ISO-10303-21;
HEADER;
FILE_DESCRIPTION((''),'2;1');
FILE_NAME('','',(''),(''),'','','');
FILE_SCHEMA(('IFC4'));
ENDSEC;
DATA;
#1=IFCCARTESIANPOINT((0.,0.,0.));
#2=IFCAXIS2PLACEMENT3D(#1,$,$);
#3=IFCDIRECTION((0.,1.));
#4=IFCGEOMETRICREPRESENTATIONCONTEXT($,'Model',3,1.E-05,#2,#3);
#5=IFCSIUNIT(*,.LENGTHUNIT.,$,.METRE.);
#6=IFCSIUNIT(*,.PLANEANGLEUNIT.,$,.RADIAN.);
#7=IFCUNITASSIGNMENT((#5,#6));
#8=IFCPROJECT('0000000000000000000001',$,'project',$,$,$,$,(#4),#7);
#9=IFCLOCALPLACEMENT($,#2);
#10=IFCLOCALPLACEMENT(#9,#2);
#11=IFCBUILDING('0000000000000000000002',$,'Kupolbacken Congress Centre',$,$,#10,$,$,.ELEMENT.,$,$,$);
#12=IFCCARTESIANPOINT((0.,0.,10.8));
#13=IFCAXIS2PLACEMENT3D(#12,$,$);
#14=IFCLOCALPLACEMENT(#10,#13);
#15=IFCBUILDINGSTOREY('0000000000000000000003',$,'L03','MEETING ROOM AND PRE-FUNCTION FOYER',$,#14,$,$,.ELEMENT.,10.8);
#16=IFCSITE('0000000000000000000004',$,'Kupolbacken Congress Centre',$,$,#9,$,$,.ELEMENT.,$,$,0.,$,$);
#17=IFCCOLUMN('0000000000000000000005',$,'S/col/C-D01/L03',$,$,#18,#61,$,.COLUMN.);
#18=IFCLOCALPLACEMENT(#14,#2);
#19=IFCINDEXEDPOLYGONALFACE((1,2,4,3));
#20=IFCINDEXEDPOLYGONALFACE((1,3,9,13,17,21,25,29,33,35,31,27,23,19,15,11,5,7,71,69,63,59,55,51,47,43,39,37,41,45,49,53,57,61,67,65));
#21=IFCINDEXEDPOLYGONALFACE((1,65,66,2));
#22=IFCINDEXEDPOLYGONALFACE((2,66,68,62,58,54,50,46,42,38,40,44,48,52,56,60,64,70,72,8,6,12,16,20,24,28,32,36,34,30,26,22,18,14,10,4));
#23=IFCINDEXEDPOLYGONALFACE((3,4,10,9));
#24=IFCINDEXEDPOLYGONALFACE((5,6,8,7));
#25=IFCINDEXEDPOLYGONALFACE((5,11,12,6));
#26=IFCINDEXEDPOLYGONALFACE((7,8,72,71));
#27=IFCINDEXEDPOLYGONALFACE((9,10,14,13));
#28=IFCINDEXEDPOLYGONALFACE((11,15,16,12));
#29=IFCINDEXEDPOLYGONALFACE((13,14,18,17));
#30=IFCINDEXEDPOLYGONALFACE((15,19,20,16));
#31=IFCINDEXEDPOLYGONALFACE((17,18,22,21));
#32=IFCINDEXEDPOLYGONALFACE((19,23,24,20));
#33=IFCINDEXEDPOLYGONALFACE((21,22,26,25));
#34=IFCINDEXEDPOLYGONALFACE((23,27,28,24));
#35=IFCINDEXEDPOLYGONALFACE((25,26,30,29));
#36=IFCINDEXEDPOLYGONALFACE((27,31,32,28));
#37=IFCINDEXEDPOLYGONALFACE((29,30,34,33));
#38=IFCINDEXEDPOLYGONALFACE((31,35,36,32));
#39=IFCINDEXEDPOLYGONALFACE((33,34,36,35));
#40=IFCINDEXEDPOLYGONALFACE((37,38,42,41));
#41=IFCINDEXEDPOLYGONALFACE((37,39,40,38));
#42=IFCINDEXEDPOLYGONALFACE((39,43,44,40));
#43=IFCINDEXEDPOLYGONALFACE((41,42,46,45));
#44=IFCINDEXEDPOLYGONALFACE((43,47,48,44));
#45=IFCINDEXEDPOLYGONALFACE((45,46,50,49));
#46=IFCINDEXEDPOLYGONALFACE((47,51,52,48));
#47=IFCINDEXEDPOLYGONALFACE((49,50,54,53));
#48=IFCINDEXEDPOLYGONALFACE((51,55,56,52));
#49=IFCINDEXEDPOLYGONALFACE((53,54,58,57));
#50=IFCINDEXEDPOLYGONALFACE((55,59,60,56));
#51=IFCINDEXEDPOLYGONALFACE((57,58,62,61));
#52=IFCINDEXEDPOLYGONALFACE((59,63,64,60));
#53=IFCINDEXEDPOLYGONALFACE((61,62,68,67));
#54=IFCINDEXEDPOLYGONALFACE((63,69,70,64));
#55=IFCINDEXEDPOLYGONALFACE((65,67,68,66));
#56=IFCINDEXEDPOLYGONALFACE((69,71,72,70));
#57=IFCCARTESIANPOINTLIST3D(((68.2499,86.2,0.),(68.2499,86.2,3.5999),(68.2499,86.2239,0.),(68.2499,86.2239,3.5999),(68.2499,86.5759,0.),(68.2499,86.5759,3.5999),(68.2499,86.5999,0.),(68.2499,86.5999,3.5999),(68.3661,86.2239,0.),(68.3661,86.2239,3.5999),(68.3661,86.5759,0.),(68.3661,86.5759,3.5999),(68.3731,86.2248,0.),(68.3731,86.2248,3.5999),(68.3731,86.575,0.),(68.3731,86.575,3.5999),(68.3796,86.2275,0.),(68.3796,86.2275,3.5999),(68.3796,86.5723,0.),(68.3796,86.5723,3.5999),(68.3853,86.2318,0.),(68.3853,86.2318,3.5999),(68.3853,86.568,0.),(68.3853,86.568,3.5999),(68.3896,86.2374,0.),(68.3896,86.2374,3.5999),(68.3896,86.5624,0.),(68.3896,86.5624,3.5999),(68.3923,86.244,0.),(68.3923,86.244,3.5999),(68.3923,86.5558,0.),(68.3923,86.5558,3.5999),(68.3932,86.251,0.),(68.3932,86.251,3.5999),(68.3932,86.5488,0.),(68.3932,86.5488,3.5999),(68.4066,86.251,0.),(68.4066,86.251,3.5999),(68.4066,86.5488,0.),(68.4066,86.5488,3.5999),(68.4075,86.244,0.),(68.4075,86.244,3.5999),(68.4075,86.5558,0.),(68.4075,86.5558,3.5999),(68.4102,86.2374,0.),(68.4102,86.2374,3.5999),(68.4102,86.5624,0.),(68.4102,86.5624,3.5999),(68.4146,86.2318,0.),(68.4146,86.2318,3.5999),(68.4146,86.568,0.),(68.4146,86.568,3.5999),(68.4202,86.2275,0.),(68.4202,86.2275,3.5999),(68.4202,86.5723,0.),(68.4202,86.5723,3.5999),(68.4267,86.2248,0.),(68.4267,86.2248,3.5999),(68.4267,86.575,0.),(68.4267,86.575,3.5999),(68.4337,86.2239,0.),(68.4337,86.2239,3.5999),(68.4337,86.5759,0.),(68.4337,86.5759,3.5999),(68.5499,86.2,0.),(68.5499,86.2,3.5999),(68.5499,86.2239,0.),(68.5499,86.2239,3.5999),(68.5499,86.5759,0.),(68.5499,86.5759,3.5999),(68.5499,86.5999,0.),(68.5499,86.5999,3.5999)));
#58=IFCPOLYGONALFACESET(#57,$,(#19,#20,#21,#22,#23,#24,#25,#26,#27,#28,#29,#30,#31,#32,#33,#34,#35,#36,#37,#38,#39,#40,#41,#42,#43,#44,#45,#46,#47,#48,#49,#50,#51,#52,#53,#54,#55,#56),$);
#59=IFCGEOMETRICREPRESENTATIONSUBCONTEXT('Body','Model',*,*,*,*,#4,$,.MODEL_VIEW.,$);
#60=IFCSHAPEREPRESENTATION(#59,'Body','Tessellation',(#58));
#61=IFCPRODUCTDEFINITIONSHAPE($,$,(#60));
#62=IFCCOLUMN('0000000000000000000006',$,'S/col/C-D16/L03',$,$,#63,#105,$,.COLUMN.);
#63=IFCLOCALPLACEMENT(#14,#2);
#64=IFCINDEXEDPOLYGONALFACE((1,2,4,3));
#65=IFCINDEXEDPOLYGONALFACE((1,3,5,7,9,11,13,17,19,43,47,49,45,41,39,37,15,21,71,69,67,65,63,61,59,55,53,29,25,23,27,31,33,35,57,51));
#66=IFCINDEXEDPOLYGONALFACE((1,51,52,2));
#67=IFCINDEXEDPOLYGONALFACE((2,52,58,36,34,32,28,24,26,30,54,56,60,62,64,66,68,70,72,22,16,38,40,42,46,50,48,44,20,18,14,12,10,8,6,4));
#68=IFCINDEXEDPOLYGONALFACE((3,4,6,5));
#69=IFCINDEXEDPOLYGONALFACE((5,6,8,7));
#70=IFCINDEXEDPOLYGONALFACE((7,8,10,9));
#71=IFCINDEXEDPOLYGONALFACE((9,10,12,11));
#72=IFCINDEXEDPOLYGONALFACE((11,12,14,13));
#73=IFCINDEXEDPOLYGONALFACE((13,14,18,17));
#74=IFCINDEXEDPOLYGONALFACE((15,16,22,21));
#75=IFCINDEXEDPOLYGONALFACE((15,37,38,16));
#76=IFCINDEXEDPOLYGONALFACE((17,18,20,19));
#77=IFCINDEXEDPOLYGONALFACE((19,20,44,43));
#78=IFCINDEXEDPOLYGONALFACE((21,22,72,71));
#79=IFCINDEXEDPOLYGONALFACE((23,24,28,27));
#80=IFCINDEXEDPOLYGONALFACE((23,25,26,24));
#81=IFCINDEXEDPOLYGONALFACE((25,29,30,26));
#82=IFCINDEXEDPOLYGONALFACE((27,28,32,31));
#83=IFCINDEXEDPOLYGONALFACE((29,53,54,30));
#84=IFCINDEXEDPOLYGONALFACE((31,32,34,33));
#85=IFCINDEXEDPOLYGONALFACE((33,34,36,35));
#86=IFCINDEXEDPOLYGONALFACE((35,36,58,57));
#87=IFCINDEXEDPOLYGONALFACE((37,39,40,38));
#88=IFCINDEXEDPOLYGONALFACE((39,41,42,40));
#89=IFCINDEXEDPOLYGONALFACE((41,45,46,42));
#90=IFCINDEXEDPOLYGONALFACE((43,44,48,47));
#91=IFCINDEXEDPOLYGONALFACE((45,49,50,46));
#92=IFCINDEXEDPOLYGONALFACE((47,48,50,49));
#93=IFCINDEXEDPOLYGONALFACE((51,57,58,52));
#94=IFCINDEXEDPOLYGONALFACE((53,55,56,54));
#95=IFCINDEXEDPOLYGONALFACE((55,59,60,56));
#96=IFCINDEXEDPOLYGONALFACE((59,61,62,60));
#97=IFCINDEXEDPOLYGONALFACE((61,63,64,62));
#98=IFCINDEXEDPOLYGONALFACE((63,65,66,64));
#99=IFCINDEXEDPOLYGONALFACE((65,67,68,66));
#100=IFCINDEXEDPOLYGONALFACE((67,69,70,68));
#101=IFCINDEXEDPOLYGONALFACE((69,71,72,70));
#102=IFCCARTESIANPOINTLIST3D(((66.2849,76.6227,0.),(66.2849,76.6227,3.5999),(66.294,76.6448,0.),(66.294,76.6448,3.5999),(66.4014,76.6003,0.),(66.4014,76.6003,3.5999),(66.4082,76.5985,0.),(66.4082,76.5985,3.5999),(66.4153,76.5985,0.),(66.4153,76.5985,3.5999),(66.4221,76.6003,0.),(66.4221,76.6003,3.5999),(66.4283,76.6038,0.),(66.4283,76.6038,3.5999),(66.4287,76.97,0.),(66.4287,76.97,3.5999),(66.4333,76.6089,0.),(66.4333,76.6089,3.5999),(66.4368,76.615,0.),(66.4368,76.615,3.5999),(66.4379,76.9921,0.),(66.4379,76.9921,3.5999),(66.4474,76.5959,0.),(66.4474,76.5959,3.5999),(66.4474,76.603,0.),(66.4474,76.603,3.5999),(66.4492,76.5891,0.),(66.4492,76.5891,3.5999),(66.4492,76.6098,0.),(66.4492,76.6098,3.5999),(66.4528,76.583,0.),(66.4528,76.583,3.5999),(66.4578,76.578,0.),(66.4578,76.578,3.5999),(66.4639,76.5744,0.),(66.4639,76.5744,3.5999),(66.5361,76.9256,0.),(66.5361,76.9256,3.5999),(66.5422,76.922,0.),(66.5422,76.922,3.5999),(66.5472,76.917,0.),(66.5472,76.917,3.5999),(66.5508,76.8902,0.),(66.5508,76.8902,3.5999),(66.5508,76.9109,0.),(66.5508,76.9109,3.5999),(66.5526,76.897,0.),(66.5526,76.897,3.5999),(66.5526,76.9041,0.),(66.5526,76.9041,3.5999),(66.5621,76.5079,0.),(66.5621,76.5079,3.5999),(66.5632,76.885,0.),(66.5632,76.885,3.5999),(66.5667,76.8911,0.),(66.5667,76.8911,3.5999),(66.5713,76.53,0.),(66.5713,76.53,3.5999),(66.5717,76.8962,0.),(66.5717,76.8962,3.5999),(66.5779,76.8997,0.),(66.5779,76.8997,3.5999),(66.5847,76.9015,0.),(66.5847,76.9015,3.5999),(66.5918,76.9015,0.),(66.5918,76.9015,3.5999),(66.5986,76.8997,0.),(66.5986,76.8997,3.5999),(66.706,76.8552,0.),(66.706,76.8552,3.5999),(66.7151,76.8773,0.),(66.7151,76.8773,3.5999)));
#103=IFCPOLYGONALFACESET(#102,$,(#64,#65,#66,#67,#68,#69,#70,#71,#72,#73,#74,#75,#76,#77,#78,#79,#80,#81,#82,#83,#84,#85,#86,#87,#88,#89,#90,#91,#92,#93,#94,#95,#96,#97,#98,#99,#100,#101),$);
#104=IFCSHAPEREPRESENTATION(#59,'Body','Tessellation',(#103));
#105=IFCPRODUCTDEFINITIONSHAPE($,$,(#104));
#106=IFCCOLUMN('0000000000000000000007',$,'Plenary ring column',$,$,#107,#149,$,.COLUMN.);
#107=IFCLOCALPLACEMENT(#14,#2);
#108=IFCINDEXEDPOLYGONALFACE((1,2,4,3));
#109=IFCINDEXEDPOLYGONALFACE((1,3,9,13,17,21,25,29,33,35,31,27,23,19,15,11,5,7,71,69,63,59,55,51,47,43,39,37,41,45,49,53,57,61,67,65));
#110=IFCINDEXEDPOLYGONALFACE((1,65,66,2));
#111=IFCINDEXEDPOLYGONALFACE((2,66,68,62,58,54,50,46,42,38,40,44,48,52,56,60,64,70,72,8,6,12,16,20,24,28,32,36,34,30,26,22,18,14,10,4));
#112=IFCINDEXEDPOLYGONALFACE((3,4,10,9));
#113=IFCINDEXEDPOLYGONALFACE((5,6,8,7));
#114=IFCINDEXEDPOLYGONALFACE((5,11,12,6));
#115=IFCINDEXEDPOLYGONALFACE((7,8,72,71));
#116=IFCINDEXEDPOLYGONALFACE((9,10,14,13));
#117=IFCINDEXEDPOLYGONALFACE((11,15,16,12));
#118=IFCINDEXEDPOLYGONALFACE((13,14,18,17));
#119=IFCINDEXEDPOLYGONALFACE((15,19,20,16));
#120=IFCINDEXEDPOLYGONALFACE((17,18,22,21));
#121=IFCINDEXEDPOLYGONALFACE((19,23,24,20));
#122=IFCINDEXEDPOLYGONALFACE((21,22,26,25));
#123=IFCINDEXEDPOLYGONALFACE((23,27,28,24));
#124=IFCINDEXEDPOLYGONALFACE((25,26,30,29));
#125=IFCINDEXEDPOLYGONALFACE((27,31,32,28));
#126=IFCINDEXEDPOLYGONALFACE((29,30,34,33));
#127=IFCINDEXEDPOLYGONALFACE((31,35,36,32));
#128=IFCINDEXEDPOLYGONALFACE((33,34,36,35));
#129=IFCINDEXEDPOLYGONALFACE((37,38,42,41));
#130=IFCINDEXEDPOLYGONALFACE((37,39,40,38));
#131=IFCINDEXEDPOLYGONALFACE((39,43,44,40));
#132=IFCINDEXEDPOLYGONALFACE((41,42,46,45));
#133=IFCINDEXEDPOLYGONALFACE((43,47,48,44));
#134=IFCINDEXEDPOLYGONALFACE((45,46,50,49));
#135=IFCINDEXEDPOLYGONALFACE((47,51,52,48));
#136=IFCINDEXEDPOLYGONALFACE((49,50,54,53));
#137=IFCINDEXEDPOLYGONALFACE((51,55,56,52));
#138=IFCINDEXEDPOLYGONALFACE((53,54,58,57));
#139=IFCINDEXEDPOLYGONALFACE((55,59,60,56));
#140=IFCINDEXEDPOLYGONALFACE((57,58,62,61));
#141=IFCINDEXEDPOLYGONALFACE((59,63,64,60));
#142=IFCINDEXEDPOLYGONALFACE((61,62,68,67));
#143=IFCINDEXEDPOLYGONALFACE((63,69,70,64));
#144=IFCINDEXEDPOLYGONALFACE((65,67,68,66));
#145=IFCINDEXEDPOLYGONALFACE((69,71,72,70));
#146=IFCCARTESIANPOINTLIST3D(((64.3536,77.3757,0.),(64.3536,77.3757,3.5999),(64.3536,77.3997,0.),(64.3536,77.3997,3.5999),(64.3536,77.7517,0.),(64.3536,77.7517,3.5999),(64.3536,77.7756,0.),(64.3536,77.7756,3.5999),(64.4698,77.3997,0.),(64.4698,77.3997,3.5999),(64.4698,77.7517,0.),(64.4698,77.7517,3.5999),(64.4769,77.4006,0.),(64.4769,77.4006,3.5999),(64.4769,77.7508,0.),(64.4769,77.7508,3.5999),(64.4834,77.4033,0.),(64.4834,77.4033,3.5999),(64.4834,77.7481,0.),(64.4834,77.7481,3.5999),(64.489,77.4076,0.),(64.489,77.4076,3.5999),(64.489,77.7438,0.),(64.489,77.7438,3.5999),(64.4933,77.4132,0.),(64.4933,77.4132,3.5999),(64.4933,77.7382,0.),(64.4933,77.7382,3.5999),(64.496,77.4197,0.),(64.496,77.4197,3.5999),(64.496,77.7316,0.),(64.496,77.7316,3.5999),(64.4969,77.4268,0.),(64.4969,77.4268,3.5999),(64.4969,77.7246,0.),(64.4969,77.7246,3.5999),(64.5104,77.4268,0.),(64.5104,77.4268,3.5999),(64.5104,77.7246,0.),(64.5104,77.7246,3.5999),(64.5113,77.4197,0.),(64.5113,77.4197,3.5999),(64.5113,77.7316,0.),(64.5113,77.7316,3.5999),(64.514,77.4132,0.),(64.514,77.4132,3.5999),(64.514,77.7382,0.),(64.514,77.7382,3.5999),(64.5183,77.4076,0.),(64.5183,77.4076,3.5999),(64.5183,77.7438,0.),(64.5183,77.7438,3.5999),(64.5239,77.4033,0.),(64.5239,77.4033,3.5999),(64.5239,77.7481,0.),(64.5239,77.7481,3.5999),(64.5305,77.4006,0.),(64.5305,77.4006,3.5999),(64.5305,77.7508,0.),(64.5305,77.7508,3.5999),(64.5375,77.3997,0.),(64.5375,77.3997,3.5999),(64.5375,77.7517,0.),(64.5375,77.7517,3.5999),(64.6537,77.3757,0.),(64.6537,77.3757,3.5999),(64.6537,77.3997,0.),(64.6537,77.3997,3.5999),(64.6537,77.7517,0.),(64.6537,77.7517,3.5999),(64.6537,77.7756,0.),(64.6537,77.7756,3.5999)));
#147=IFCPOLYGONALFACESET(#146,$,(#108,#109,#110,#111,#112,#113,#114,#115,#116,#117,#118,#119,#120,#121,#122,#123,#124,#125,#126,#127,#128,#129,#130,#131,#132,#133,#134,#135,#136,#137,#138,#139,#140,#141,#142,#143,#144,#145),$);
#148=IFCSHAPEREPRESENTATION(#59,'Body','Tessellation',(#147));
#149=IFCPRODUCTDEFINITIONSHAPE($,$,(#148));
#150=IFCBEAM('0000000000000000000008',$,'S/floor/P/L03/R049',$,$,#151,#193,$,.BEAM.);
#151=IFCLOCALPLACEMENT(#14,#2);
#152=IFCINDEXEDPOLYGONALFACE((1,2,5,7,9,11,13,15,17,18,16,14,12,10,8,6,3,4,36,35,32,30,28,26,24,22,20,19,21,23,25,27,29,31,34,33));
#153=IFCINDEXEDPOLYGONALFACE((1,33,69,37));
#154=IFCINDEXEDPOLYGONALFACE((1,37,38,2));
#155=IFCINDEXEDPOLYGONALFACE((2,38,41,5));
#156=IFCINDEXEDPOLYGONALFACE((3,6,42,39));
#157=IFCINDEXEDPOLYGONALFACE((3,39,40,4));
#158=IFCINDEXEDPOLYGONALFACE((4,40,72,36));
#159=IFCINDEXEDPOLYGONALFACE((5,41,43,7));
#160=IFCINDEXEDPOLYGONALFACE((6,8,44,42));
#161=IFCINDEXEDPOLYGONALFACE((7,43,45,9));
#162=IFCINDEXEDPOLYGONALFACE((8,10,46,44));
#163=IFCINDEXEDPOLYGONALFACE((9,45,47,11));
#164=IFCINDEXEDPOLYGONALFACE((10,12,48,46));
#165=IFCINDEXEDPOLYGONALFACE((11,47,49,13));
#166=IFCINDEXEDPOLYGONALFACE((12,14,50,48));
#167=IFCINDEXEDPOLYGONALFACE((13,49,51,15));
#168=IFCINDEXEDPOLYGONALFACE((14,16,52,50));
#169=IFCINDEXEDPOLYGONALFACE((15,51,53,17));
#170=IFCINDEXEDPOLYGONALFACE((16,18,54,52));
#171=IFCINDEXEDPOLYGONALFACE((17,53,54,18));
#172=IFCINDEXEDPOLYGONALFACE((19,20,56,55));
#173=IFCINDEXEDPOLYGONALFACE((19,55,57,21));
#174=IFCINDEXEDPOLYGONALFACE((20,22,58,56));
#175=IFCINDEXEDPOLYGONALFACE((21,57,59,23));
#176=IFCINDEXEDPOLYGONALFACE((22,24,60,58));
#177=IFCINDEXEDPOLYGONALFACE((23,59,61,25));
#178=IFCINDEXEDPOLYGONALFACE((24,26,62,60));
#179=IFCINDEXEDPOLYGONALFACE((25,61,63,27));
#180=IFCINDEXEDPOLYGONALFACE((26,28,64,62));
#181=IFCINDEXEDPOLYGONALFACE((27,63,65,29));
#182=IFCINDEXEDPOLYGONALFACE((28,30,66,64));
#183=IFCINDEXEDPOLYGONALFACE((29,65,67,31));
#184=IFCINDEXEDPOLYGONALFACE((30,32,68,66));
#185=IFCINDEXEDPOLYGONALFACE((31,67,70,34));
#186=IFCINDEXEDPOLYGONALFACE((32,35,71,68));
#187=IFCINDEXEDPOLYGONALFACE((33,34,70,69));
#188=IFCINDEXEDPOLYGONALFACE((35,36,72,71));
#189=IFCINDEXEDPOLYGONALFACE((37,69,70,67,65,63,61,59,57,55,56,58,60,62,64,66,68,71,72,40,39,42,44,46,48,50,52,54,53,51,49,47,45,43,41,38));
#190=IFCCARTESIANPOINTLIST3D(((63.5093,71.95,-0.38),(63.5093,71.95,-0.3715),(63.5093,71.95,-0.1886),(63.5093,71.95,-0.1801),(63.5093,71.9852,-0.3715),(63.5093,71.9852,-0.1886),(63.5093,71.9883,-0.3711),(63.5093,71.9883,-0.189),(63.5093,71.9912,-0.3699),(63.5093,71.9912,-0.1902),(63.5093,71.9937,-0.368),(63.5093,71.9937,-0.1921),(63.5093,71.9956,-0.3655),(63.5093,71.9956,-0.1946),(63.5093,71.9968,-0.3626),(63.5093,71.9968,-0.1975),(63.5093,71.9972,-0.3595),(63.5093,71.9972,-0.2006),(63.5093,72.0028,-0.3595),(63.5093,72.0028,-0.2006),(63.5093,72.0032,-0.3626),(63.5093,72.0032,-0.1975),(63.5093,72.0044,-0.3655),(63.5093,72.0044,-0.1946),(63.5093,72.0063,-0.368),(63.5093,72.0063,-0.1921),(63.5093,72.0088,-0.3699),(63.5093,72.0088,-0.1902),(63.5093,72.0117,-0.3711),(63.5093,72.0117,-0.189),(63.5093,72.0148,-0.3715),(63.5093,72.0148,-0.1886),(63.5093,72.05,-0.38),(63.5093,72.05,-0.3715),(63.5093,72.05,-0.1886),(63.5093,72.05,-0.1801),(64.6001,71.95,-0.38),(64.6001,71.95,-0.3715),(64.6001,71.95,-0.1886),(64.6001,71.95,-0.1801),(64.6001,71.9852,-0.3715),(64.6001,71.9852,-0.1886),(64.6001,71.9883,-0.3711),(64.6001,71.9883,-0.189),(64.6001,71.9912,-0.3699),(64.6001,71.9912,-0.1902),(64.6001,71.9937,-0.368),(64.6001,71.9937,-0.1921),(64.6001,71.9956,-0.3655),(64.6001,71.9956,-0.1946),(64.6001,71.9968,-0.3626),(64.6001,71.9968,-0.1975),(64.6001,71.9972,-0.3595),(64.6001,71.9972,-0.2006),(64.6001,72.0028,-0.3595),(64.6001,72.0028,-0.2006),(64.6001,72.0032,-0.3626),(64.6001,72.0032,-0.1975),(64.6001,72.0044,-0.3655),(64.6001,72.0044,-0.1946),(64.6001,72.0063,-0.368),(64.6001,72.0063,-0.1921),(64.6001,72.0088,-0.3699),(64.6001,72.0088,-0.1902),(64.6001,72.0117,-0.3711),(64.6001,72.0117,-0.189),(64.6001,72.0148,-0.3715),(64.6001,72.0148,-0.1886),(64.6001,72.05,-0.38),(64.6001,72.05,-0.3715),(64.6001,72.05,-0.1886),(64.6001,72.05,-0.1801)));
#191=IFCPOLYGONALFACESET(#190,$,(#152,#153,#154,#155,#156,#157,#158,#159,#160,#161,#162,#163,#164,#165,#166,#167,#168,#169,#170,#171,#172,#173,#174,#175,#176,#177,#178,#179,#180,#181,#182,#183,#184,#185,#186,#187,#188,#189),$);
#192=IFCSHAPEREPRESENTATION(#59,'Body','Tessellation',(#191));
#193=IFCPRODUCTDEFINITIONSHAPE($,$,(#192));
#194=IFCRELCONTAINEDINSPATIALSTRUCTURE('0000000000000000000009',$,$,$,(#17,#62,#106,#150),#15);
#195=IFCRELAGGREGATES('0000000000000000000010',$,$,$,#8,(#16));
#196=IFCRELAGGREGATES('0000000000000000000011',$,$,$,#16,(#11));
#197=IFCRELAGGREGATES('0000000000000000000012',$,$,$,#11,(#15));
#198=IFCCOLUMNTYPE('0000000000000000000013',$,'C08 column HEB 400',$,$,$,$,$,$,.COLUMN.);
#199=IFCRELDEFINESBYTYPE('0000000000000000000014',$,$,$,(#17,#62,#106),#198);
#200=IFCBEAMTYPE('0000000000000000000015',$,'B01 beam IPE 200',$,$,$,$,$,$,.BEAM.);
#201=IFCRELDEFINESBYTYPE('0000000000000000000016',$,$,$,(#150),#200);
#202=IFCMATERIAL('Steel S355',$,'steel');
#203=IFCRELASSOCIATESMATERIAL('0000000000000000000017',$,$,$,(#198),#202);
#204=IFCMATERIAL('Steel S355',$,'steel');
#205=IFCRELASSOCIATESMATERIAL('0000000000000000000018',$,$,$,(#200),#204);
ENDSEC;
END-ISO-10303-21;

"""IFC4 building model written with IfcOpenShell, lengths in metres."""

from ifc_helpers import new_model, si_unit, direction, frame, origin, origin_2d, place, context, subcontext, project, spatial, i_section, extrude, material, material_profile, profile_set, type_object, element, save


model = new_model("IFC4")

# Units and contexts
model_context = context("Model", 3, precision=1e-05, world=origin(), true_north=direction((0.0, 1.0)))
body_context = subcontext(model_context, "Body", "Model", "MODEL_VIEW")
ifc_project = project(units=[si_unit("LENGTHUNIT", "METRE"), si_unit("PLANEANGLEUNIT", "RADIAN")], contexts=[model_context])

# Site, building, storey
site_placement = place(None, origin())
site = spatial("IfcSite", under=ifc_project, at=site_placement, Name="Kupolbacken Congress Centre", CompositionType="ELEMENT", RefElevation=0.0)
building_placement = place(site_placement, origin())
building = spatial("IfcBuilding", under=site, at=building_placement, Name="Kupolbacken Congress Centre", CompositionType="ELEMENT")
storey_placement = place(building_placement, frame((0.0, 0.0, 10.8)))
storey = spatial("IfcBuildingStorey", under=building, at=storey_placement, Name="L03", Description="MEETING ROOM AND PRE-FUNCTION FOYER", CompositionType="ELEMENT", Elevation=10.8)

# Columns
ifc_material_1 = material(Name="Steel S355", Category="steel")
ifc_material_profile_1 = material_profile(ifc_material_1, i_section(OverallWidth=0.3, OverallDepth=0.3999, WebThickness=0.0134, FlangeThickness=0.0239, FilletRadius=0.0271, at=origin_2d()), Name="HEB 400")
ifc_profile_set_1 = profile_set([ifc_material_profile_1], Name="Steel S355")
column_type = type_object("IfcColumnType", Name="C08 column HEB 400", PredefinedType="COLUMN", material=ifc_profile_set_1)
for number, where, z_axis, x_axis, name in (
    (1, (68.3999, 86.3999, 0.0), (0.0, 0.0, 1.0), (1.0, 0.0, 0.0), "S/col/C-D01/L03"),
    (2, (66.5, 76.75, 0.0), (0.0, 0.0, 1.0), (0.923896, -0.382644, 0.0), "S/col/C-D16/L03"),
    (3, (64.5037, 77.5757, 0.0), (0.0, 0.0, 1.0), (1.0, 0.0, 0.0), "Plenary ring column"),
):
    element("IfcColumn", number, at=place(storey_placement, frame(where, z_axis=z_axis, x_axis=x_axis)), inside=storey, type_object=column_type, Name=name, PredefinedType="COLUMN", context=body_context, shape_type="SweptSolid", body=[
        extrude(i_section(OverallWidth=0.3, OverallDepth=0.3999, WebThickness=0.0134, FlangeThickness=0.0239, FilletRadius=0.0271, at=origin_2d()), origin(), (0.0, 0.0, 1.0), 3.5999),
    ])

# Beam
ifc_material_2 = material(Name="Steel S355", Category="steel")
ifc_material_profile_2 = material_profile(ifc_material_2, i_section(OverallWidth=0.1001, OverallDepth=0.2, WebThickness=0.0056, FlangeThickness=0.0085, FilletRadius=0.012, at=origin_2d()), Name="IPE 200")
ifc_profile_set_2 = profile_set([ifc_material_profile_2], Name="Steel S355")
beam_type_1 = type_object("IfcBeamType", Name="B01 beam IPE 200", PredefinedType="BEAM", material=ifc_profile_set_2)
beam_1_placement = place(storey_placement, frame((63.5093, 72.0, -0.28), z_axis=(1.0, 0.0, 0.0), x_axis=(0.0, 1.0, 0.0)))
element("IfcBeam", 4, at=beam_1_placement, inside=storey, type_object=beam_type_1, Name="S/floor/P/L03/R049", PredefinedType="BEAM", context=body_context, shape_type="SweptSolid", body=[
    extrude(i_section(OverallWidth=0.1001, OverallDepth=0.2, WebThickness=0.0056, FlangeThickness=0.0085, FilletRadius=0.012, at=origin_2d()), origin(), (0.0, 0.0, 1.0), 1.0908),
])

save(model, "model.ifc")
